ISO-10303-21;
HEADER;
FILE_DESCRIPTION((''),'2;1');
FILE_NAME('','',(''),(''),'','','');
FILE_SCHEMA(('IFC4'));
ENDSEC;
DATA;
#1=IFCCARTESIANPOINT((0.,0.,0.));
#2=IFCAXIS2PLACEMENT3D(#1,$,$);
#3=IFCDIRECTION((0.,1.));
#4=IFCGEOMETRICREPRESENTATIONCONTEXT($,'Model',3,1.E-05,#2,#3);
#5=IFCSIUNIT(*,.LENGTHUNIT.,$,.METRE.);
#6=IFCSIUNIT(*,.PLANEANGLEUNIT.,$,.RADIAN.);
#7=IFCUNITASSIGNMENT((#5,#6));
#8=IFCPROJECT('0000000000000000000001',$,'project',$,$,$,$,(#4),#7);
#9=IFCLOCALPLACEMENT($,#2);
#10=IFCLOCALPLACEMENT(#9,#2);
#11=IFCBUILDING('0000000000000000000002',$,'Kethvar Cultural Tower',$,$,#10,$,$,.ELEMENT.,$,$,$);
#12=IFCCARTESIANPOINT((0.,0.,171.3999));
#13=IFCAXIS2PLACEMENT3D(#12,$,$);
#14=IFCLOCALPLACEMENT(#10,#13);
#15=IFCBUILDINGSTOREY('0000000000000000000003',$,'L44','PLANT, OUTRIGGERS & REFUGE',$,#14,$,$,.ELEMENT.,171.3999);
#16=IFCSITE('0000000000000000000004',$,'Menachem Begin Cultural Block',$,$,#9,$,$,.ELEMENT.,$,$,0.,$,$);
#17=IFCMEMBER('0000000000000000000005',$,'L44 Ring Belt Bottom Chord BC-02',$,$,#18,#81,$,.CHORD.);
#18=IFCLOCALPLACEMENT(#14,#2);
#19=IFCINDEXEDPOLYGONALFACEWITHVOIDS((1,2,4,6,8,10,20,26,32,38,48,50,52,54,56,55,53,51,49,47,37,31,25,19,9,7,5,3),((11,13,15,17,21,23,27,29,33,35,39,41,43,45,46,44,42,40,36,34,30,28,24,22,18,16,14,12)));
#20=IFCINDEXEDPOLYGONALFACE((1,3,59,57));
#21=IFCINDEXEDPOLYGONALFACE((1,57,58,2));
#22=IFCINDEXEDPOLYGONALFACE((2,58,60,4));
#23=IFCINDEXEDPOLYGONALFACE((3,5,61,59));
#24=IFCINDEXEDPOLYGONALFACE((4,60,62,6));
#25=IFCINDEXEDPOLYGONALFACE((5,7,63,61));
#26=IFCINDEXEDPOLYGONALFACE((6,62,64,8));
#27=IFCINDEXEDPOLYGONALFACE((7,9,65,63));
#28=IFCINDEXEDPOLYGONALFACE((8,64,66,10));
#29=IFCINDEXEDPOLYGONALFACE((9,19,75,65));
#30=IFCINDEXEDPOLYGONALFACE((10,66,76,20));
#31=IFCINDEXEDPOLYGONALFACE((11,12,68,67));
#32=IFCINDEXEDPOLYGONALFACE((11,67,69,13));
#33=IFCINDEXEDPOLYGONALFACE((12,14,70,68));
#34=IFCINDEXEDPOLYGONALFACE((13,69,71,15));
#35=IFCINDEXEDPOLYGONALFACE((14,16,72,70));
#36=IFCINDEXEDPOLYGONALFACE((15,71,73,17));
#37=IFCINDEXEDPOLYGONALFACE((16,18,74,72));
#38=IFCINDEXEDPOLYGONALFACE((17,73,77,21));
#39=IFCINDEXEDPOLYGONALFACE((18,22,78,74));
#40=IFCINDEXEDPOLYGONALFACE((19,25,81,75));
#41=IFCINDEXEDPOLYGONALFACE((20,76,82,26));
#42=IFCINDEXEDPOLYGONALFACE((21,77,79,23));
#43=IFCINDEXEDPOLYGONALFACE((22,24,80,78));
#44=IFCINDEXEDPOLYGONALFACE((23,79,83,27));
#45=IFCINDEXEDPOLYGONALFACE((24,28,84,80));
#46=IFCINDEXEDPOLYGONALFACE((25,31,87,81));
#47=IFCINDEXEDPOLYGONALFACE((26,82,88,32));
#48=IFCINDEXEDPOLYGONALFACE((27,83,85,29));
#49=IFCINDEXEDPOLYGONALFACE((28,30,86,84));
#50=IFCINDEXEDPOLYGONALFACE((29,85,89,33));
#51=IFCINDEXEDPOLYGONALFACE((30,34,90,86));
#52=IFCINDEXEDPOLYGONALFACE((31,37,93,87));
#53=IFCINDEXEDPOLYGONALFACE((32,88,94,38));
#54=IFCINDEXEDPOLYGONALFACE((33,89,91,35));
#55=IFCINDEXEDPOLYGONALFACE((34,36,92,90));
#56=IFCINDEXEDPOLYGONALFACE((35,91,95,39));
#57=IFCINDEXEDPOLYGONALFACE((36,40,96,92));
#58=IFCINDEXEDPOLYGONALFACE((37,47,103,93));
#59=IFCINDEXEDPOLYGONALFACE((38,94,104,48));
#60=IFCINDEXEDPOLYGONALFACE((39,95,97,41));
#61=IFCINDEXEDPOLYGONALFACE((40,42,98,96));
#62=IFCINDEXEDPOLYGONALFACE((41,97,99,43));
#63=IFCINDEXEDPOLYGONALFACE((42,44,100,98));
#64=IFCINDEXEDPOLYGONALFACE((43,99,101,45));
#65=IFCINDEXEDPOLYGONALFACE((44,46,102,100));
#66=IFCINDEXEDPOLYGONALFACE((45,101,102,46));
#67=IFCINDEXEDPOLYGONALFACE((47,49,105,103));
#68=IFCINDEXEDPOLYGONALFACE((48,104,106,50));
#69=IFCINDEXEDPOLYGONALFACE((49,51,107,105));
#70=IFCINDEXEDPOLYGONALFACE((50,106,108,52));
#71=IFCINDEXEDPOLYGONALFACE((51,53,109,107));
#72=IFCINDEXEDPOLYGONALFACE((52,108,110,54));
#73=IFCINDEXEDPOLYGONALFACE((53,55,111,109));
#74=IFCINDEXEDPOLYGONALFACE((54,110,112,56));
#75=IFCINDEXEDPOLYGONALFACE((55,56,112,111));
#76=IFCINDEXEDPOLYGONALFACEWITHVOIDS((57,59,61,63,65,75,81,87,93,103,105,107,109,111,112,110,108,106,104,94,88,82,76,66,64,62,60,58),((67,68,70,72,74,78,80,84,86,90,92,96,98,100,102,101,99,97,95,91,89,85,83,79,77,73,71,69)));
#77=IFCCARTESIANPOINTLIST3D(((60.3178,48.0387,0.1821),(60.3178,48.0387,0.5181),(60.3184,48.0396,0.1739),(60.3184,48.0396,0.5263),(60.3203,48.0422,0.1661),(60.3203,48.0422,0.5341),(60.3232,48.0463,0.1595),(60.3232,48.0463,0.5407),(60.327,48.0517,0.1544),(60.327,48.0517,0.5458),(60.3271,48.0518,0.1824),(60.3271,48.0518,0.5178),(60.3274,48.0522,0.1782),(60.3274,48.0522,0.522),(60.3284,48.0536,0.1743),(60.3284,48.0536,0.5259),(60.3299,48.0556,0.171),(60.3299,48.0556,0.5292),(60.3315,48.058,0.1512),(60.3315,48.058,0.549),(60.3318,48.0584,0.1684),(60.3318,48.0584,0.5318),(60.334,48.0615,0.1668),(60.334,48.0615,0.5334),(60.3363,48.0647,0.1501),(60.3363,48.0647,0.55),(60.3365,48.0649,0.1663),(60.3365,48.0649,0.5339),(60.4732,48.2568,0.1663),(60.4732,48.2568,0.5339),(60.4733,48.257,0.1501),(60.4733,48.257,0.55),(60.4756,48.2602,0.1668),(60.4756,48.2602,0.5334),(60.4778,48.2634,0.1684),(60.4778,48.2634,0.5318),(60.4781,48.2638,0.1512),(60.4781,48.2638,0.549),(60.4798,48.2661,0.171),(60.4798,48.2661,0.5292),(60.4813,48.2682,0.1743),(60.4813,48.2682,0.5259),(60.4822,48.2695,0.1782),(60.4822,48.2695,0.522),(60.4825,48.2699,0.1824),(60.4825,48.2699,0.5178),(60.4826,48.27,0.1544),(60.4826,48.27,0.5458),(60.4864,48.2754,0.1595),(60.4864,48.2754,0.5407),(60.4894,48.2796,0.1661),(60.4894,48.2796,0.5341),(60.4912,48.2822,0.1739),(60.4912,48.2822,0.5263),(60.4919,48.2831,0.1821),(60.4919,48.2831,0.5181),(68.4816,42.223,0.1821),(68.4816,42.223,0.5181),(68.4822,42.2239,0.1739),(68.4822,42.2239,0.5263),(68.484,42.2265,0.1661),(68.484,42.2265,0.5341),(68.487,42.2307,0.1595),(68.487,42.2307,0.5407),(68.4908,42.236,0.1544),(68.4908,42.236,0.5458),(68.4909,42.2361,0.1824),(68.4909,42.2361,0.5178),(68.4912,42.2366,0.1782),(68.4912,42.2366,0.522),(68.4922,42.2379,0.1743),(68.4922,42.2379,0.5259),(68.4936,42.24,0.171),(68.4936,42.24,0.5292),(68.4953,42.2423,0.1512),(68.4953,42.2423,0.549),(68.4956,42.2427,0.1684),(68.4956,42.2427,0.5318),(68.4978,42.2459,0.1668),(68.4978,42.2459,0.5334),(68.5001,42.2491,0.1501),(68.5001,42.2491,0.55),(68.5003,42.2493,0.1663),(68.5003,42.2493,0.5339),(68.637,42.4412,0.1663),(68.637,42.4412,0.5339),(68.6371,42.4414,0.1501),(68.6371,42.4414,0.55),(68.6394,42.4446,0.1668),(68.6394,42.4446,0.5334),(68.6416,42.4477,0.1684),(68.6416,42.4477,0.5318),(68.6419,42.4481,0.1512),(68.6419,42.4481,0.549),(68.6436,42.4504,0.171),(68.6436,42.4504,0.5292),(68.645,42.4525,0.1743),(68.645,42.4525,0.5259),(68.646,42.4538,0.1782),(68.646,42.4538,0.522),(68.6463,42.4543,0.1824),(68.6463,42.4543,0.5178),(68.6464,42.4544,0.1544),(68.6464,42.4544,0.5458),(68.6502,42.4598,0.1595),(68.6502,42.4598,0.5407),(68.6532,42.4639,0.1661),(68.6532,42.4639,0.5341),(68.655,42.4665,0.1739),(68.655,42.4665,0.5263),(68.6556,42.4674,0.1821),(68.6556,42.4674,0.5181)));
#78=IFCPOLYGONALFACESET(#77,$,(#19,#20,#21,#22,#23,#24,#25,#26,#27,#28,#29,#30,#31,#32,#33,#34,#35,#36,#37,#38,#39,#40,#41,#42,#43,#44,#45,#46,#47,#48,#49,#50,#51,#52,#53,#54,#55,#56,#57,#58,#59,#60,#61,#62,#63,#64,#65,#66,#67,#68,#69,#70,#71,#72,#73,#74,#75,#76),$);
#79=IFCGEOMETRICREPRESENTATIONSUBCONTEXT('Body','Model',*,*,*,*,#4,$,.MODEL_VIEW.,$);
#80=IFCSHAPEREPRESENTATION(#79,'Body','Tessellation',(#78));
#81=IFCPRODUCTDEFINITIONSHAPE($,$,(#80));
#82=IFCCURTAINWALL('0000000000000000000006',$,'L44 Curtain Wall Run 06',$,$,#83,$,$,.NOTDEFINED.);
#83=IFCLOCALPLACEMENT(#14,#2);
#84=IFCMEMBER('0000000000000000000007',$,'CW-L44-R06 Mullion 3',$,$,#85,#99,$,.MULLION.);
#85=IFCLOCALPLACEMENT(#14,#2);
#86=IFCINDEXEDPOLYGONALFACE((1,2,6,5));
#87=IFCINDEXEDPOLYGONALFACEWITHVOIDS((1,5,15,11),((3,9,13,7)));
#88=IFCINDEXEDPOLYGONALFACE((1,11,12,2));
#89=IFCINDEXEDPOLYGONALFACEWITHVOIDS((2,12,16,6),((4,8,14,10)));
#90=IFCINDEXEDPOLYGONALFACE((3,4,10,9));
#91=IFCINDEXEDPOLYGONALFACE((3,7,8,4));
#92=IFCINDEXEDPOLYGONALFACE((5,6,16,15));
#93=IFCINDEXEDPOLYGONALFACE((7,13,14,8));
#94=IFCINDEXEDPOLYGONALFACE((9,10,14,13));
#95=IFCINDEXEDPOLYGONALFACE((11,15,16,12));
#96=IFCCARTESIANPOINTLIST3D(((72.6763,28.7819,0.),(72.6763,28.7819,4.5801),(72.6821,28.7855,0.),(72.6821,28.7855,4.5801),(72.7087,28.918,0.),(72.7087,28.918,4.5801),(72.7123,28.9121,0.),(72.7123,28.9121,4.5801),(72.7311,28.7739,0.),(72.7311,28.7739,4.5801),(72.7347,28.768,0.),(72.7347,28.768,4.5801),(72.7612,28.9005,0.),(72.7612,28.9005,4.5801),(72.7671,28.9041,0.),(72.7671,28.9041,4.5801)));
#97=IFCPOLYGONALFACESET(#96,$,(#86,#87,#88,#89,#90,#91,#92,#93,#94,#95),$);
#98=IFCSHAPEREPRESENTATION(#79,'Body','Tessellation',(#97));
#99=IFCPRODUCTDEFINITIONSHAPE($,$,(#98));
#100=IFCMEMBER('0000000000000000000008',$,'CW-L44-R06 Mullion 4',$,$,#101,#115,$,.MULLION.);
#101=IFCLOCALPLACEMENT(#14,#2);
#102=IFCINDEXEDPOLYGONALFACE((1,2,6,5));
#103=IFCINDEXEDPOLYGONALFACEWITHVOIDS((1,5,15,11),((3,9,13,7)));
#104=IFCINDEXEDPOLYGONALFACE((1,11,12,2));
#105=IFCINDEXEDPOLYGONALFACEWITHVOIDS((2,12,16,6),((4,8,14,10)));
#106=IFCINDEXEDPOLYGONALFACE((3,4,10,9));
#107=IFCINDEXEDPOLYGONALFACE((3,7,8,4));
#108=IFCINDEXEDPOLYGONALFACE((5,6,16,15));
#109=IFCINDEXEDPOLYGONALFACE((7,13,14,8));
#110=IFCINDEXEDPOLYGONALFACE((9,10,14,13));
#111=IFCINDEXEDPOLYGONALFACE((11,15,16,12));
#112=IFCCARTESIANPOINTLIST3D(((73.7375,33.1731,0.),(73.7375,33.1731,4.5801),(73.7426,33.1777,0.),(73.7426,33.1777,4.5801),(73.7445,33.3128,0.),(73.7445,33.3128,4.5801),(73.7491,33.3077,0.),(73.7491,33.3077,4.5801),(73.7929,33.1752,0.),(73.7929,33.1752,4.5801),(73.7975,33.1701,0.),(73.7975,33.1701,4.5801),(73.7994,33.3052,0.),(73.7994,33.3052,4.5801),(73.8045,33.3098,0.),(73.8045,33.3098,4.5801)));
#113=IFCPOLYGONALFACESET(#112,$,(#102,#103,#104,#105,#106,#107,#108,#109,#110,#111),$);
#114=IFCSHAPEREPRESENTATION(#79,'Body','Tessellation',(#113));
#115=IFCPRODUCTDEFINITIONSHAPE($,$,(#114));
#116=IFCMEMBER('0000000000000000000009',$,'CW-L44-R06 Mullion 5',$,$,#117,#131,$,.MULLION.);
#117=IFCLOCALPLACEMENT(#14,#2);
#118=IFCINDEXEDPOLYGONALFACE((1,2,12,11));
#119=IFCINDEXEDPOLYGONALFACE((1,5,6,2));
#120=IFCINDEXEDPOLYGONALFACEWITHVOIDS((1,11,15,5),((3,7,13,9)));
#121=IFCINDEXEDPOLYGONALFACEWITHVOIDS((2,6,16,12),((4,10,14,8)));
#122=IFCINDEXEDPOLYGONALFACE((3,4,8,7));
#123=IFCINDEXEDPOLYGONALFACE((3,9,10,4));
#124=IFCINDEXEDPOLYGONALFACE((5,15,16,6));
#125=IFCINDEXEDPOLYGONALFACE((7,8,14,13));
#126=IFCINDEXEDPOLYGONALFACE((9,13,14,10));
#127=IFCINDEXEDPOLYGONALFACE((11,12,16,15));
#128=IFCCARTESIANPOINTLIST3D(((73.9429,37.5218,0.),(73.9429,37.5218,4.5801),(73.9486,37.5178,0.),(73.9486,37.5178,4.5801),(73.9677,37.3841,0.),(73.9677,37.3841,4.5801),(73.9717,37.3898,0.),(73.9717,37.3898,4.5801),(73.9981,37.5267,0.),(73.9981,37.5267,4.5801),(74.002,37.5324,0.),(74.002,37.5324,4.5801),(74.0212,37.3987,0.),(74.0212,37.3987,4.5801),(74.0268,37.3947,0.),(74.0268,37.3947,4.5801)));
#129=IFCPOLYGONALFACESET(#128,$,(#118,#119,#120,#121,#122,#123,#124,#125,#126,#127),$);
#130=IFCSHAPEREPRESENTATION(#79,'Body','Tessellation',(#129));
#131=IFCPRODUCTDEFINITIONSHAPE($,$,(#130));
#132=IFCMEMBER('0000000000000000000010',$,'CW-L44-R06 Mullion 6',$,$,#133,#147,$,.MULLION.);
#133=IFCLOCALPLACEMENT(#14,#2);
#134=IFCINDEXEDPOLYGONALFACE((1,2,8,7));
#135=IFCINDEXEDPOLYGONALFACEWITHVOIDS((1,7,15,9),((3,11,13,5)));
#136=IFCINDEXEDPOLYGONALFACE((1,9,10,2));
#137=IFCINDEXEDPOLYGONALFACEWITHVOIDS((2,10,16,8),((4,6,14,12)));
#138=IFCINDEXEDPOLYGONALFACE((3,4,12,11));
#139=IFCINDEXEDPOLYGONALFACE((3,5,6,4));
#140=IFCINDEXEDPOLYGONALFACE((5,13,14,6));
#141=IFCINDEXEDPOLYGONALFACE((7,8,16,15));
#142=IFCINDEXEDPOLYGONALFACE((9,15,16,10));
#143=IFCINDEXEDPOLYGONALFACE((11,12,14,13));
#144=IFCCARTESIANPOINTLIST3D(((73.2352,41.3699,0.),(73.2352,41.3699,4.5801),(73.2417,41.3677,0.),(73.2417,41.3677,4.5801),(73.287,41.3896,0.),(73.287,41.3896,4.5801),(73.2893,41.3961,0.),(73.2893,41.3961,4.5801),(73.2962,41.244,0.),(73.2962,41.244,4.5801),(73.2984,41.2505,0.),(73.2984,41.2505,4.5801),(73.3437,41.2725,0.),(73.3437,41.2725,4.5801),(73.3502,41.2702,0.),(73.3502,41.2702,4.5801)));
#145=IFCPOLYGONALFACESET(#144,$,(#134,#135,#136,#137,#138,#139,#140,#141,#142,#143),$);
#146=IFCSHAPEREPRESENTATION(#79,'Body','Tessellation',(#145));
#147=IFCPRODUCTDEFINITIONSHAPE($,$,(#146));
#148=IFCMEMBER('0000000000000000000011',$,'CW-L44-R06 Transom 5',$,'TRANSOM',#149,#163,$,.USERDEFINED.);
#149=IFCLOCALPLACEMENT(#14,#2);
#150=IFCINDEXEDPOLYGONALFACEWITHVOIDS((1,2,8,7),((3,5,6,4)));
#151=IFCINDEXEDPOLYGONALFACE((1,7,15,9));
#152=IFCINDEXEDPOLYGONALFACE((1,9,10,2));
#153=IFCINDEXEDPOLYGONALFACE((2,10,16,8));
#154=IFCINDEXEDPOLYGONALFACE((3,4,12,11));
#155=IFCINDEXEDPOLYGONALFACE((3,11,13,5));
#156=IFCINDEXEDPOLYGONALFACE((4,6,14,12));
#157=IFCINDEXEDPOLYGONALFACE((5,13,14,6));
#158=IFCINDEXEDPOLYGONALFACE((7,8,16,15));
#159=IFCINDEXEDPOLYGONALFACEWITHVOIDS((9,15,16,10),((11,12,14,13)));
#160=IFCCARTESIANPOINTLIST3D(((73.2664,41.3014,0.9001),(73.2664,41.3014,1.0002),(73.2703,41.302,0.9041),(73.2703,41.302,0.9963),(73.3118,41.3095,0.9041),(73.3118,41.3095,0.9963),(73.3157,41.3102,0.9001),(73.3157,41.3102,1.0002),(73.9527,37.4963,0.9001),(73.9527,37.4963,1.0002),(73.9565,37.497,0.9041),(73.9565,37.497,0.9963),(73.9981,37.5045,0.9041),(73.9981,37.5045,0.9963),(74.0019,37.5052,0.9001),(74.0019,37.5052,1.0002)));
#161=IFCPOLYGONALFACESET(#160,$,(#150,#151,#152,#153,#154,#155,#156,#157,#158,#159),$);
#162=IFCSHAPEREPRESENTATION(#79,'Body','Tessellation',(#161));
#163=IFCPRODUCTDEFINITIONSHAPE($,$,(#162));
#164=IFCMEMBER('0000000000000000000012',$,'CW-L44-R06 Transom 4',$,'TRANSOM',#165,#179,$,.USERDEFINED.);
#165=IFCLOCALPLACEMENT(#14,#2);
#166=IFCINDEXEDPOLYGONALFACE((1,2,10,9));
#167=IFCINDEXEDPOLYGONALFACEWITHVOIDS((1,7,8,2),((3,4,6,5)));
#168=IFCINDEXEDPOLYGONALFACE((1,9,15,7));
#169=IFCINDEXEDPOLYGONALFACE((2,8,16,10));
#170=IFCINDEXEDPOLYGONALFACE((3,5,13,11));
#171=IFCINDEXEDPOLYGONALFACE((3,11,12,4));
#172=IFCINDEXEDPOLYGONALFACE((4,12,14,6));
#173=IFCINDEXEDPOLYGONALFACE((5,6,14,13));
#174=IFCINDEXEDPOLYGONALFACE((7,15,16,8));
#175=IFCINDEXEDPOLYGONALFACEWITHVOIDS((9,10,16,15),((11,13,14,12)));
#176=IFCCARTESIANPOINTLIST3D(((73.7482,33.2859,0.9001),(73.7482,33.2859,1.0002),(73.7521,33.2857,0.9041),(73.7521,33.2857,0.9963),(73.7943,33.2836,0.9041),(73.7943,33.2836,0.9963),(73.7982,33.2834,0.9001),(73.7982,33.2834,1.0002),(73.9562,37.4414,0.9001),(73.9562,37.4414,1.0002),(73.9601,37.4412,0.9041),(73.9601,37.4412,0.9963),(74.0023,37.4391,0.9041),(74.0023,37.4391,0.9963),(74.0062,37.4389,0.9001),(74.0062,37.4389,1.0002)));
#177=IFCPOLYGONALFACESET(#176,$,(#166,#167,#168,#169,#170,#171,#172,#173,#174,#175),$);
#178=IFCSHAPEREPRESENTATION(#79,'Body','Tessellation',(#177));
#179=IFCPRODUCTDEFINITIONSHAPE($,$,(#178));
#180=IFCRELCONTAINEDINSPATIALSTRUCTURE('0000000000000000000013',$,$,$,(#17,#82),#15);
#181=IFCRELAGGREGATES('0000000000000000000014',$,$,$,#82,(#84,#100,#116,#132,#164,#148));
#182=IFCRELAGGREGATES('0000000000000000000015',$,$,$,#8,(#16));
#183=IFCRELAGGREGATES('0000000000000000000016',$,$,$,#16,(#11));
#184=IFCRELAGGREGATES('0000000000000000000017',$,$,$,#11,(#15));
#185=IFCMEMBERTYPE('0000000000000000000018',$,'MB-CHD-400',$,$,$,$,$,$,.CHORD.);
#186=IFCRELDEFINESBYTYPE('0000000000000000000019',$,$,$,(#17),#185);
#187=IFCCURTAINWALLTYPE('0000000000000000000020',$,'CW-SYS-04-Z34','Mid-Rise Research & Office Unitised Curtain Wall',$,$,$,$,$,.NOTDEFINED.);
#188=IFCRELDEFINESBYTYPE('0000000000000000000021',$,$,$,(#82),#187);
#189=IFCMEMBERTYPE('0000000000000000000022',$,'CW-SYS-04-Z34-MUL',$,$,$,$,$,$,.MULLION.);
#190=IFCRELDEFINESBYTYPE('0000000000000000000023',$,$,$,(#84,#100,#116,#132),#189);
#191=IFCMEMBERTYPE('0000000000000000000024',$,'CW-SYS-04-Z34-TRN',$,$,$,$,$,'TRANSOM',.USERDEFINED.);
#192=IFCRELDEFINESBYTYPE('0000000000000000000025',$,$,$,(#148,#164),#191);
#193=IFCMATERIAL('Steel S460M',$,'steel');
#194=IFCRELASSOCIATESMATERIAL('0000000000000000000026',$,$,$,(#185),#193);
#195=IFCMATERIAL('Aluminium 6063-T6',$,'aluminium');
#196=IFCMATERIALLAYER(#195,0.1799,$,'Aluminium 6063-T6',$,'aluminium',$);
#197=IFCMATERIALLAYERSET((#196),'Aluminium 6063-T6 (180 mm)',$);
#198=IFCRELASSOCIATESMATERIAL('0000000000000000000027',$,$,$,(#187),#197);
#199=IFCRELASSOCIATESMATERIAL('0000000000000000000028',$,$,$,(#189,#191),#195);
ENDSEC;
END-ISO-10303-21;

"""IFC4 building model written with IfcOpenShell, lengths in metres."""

from ifc_helpers import new_model, si_unit, direction, frame, origin, origin_2d, place, context, subcontext, project, spatial, hollow_rectangle, extrude, source, transform, mapped, material, layer, layer_set, material_profile, profile_set, type_object, element, aggregate, save


model = new_model("IFC4")

# Units and contexts
model_context = context("Model", 3, precision=1e-05, world=origin(), true_north=direction((0.0, 1.0)))
body_context = subcontext(model_context, "Body", "Model", "MODEL_VIEW")
ifc_project = project(units=[si_unit("LENGTHUNIT", "METRE"), si_unit("PLANEANGLEUNIT", "RADIAN")], contexts=[model_context])

# Site, building, storey
site_placement = place(None, origin())
site = spatial("IfcSite", under=ifc_project, at=site_placement, Name="Menachem Begin Cultural Block", CompositionType="ELEMENT", RefElevation=0.0)
building_placement = place(site_placement, origin())
building = spatial("IfcBuilding", under=site, at=building_placement, Name="Kethvar Cultural Tower", CompositionType="ELEMENT")
storey_placement = place(building_placement, frame((0.0, 0.0, 171.3999)))
storey = spatial("IfcBuildingStorey", under=building, at=storey_placement, Name="L44", Description="PLANT, OUTRIGGERS & REFUGE", CompositionType="ELEMENT", Elevation=171.3999)

# Shared definitions
ifc_material_1 = material(Name="Steel S460M", Category="steel")

# Shared definitions
ifc_material_profile_1 = material_profile(ifc_material_1, hollow_rectangle(XDim=0.3, YDim=0.3999, WallThickness=0.0161, InnerFilletRadius=0.0161, OuterFilletRadius=0.032, at=origin_2d()), Name="Steel S460M — RHS400x300x16")
ifc_profile_set_1 = profile_set([ifc_material_profile_1], Name="Steel S460M — RHS400x300x16")
member_type_1 = type_object("IfcMemberType", Name="MB-CHD-400", PredefinedType="CHORD", material=ifc_profile_set_1)

# Member
shared_shape_1 = source(origin(), body_context, "Body", "SweptSolid", [
    extrude(hollow_rectangle(XDim=0.3, YDim=0.3999, WallThickness=0.0161, InnerFilletRadius=0.0161, OuterFilletRadius=0.032, at=origin_2d()), origin(), (0.0, 0.0, 1.0), 10.0234),
])
member_1_placement = place(storey_placement, frame((68.5686, 42.3452, 0.3501), z_axis=(-0.81447, 0.580206, 0.0), x_axis=(-0.580206, -0.81447, 0.0)))
element("IfcMember", 1, at=member_1_placement, inside=storey, type_object=member_type_1, Name="L44 Ring Belt Bottom Chord BC-02", PredefinedType="CHORD", context=body_context, shape_type="MappedRepresentation", body=[
    mapped(shared_shape_1, transform((0.0, 0.0, 0.0), scale=1.0)),
])

# Curtain wall, members
ifc_material_2 = material(Name="Aluminium 6063-T6", Category="aluminium")
ifc_layer_1 = layer(ifc_material_2, 0.1799, Name="Aluminium 6063-T6", Category="aluminium")
ifc_layer_set_1 = layer_set([ifc_layer_1], Name="Aluminium 6063-T6 (180 mm)")
curtain_wall_type = type_object("IfcCurtainWallType", Name="CW-SYS-04-Z34", Description="Mid-Rise Research & Office Unitised Curtain Wall", PredefinedType="NOTDEFINED", material=ifc_layer_set_1)
curtain_wall_placement = place(storey_placement, origin())
curtain_wall = element("IfcCurtainWall", 2, at=curtain_wall_placement, inside=storey, type_object=curtain_wall_type, Name="L44 Curtain Wall Run 06", PredefinedType="NOTDEFINED")
ifc_material_profile_2 = material_profile(ifc_material_2, hollow_rectangle(XDim=0.0601, YDim=0.1399, WallThickness=0.0049, at=origin_2d()), Name="Aluminium 6063-T6 — RHS140x60x5")
ifc_profile_set_2 = profile_set([ifc_material_profile_2], Name="Aluminium 6063-T6 — RHS140x60x5")
member_type_2 = type_object("IfcMemberType", Name="CW-SYS-04-Z34-MUL", PredefinedType="MULLION", material=ifc_profile_set_2)
shared_shape_2 = source(origin(), body_context, "Body", "SweptSolid", [
    extrude(hollow_rectangle(XDim=0.0601, YDim=0.1399, WallThickness=0.0049, at=origin_2d()), origin(), (0.0, 0.0, 1.0), 4.5801),
])
member_2_placement = place(storey_placement, frame((72.7217, 28.843, 0.0), z_axis=(0.0, 0.0, 1.0), x_axis=(-0.9728, 0.231646, 0.0)))
member_2 = element("IfcMember", 3, at=member_2_placement, type_object=member_type_2, Name="CW-L44-R06 Mullion 3", PredefinedType="MULLION", context=body_context, shape_type="MappedRepresentation", body=[
    mapped(shared_shape_2, transform((0.0, 0.0, 0.0), scale=1.0)),
])
member_3_placement = place(storey_placement, frame((73.771, 33.2415, 0.0), z_axis=(0.0, 0.0, 1.0), x_axis=(-0.99875, 0.049983, 0.0)))
member_3 = element("IfcMember", 4, at=member_3_placement, type_object=member_type_2, Name="CW-L44-R06 Mullion 4", PredefinedType="MULLION", context=body_context, shape_type="MappedRepresentation", body=[
    mapped(shared_shape_2, transform((0.0, 0.0, 0.0), scale=1.0)),
])
member_4_placement = place(storey_placement, frame((73.9849, 37.4583, 0.0), z_axis=(0.0, 0.0, 1.0), x_axis=(-0.984128, -0.177463, 0.0)))
member_4 = element("IfcMember", 5, at=member_4_placement, type_object=member_type_2, Name="CW-L44-R06 Mullion 5", PredefinedType="MULLION", context=body_context, shape_type="MappedRepresentation", body=[
    mapped(shared_shape_2, transform((0.0, 0.0, 0.0), scale=1.0)),
])
member_5_placement = place(storey_placement, frame((73.2927, 41.3201, 0.0), z_axis=(0.0, 0.0, 1.0), x_axis=(-0.900045, -0.435797, 0.0)))
member_5 = element("IfcMember", 6, at=member_5_placement, type_object=member_type_2, Name="CW-L44-R06 Mullion 6", PredefinedType="MULLION", context=body_context, shape_type="MappedRepresentation", body=[
    mapped(shared_shape_2, transform((0.0, 0.0, 0.0), scale=1.0)),
])
ifc_material_profile_3 = material_profile(ifc_material_2, hollow_rectangle(XDim=0.05, YDim=0.1001, WallThickness=0.0039, at=origin_2d()), Name="Aluminium 6063-T6 — RHS100x50x4")
ifc_profile_set_3 = profile_set([ifc_material_profile_3], Name="Aluminium 6063-T6 — RHS100x50x4")
member_type_3 = type_object("IfcMemberType", Name="CW-SYS-04-Z34-TRN", ElementType="TRANSOM", PredefinedType="USERDEFINED", material=ifc_profile_set_3)
shared_shape_3 = source(origin(), body_context, "Body", "SweptSolid", [
    extrude(hollow_rectangle(XDim=0.05, YDim=0.1001, WallThickness=0.0039, at=origin_2d()), origin(), (0.0, 0.0, 1.0), 3.8665),
])
member_6_placement = place(storey_placement, frame((73.9773, 37.5007, 0.9502), z_axis=(-0.177491, 0.984122, 0.0), x_axis=(-0.984122, -0.177491, 0.0)))
member_6 = element("IfcMember", 7, at=member_6_placement, type_object=member_type_3, Name="CW-L44-R06 Transom 5", ObjectType="TRANSOM", PredefinedType="USERDEFINED", context=body_context, shape_type="MappedRepresentation", body=[
    mapped(shared_shape_3, transform((0.0, 0.0, 0.0), scale=1.0)),
])
shared_shape_4 = source(origin(), body_context, "Body", "SweptSolid", [
    extrude(hollow_rectangle(XDim=0.05, YDim=0.1001, WallThickness=0.0039, at=origin_2d()), origin(), (0.0, 0.0, 1.0), 4.1606),
])
member_7_placement = place(storey_placement, frame((73.7732, 33.2847, 0.9502), z_axis=(0.049993, 0.99875, 0.0), x_axis=(-0.99875, 0.049993, 0.0)))
member_7 = element("IfcMember", 8, at=member_7_placement, type_object=member_type_3, Name="CW-L44-R06 Transom 4", ObjectType="TRANSOM", PredefinedType="USERDEFINED", context=body_context, shape_type="MappedRepresentation", body=[
    mapped(shared_shape_4, transform((0.0, 0.0, 0.0), scale=1.0)),
])

aggregate(curtain_wall, [member_2, member_3, member_4, member_5, member_7, member_6])

save(model, "model.ifc")
